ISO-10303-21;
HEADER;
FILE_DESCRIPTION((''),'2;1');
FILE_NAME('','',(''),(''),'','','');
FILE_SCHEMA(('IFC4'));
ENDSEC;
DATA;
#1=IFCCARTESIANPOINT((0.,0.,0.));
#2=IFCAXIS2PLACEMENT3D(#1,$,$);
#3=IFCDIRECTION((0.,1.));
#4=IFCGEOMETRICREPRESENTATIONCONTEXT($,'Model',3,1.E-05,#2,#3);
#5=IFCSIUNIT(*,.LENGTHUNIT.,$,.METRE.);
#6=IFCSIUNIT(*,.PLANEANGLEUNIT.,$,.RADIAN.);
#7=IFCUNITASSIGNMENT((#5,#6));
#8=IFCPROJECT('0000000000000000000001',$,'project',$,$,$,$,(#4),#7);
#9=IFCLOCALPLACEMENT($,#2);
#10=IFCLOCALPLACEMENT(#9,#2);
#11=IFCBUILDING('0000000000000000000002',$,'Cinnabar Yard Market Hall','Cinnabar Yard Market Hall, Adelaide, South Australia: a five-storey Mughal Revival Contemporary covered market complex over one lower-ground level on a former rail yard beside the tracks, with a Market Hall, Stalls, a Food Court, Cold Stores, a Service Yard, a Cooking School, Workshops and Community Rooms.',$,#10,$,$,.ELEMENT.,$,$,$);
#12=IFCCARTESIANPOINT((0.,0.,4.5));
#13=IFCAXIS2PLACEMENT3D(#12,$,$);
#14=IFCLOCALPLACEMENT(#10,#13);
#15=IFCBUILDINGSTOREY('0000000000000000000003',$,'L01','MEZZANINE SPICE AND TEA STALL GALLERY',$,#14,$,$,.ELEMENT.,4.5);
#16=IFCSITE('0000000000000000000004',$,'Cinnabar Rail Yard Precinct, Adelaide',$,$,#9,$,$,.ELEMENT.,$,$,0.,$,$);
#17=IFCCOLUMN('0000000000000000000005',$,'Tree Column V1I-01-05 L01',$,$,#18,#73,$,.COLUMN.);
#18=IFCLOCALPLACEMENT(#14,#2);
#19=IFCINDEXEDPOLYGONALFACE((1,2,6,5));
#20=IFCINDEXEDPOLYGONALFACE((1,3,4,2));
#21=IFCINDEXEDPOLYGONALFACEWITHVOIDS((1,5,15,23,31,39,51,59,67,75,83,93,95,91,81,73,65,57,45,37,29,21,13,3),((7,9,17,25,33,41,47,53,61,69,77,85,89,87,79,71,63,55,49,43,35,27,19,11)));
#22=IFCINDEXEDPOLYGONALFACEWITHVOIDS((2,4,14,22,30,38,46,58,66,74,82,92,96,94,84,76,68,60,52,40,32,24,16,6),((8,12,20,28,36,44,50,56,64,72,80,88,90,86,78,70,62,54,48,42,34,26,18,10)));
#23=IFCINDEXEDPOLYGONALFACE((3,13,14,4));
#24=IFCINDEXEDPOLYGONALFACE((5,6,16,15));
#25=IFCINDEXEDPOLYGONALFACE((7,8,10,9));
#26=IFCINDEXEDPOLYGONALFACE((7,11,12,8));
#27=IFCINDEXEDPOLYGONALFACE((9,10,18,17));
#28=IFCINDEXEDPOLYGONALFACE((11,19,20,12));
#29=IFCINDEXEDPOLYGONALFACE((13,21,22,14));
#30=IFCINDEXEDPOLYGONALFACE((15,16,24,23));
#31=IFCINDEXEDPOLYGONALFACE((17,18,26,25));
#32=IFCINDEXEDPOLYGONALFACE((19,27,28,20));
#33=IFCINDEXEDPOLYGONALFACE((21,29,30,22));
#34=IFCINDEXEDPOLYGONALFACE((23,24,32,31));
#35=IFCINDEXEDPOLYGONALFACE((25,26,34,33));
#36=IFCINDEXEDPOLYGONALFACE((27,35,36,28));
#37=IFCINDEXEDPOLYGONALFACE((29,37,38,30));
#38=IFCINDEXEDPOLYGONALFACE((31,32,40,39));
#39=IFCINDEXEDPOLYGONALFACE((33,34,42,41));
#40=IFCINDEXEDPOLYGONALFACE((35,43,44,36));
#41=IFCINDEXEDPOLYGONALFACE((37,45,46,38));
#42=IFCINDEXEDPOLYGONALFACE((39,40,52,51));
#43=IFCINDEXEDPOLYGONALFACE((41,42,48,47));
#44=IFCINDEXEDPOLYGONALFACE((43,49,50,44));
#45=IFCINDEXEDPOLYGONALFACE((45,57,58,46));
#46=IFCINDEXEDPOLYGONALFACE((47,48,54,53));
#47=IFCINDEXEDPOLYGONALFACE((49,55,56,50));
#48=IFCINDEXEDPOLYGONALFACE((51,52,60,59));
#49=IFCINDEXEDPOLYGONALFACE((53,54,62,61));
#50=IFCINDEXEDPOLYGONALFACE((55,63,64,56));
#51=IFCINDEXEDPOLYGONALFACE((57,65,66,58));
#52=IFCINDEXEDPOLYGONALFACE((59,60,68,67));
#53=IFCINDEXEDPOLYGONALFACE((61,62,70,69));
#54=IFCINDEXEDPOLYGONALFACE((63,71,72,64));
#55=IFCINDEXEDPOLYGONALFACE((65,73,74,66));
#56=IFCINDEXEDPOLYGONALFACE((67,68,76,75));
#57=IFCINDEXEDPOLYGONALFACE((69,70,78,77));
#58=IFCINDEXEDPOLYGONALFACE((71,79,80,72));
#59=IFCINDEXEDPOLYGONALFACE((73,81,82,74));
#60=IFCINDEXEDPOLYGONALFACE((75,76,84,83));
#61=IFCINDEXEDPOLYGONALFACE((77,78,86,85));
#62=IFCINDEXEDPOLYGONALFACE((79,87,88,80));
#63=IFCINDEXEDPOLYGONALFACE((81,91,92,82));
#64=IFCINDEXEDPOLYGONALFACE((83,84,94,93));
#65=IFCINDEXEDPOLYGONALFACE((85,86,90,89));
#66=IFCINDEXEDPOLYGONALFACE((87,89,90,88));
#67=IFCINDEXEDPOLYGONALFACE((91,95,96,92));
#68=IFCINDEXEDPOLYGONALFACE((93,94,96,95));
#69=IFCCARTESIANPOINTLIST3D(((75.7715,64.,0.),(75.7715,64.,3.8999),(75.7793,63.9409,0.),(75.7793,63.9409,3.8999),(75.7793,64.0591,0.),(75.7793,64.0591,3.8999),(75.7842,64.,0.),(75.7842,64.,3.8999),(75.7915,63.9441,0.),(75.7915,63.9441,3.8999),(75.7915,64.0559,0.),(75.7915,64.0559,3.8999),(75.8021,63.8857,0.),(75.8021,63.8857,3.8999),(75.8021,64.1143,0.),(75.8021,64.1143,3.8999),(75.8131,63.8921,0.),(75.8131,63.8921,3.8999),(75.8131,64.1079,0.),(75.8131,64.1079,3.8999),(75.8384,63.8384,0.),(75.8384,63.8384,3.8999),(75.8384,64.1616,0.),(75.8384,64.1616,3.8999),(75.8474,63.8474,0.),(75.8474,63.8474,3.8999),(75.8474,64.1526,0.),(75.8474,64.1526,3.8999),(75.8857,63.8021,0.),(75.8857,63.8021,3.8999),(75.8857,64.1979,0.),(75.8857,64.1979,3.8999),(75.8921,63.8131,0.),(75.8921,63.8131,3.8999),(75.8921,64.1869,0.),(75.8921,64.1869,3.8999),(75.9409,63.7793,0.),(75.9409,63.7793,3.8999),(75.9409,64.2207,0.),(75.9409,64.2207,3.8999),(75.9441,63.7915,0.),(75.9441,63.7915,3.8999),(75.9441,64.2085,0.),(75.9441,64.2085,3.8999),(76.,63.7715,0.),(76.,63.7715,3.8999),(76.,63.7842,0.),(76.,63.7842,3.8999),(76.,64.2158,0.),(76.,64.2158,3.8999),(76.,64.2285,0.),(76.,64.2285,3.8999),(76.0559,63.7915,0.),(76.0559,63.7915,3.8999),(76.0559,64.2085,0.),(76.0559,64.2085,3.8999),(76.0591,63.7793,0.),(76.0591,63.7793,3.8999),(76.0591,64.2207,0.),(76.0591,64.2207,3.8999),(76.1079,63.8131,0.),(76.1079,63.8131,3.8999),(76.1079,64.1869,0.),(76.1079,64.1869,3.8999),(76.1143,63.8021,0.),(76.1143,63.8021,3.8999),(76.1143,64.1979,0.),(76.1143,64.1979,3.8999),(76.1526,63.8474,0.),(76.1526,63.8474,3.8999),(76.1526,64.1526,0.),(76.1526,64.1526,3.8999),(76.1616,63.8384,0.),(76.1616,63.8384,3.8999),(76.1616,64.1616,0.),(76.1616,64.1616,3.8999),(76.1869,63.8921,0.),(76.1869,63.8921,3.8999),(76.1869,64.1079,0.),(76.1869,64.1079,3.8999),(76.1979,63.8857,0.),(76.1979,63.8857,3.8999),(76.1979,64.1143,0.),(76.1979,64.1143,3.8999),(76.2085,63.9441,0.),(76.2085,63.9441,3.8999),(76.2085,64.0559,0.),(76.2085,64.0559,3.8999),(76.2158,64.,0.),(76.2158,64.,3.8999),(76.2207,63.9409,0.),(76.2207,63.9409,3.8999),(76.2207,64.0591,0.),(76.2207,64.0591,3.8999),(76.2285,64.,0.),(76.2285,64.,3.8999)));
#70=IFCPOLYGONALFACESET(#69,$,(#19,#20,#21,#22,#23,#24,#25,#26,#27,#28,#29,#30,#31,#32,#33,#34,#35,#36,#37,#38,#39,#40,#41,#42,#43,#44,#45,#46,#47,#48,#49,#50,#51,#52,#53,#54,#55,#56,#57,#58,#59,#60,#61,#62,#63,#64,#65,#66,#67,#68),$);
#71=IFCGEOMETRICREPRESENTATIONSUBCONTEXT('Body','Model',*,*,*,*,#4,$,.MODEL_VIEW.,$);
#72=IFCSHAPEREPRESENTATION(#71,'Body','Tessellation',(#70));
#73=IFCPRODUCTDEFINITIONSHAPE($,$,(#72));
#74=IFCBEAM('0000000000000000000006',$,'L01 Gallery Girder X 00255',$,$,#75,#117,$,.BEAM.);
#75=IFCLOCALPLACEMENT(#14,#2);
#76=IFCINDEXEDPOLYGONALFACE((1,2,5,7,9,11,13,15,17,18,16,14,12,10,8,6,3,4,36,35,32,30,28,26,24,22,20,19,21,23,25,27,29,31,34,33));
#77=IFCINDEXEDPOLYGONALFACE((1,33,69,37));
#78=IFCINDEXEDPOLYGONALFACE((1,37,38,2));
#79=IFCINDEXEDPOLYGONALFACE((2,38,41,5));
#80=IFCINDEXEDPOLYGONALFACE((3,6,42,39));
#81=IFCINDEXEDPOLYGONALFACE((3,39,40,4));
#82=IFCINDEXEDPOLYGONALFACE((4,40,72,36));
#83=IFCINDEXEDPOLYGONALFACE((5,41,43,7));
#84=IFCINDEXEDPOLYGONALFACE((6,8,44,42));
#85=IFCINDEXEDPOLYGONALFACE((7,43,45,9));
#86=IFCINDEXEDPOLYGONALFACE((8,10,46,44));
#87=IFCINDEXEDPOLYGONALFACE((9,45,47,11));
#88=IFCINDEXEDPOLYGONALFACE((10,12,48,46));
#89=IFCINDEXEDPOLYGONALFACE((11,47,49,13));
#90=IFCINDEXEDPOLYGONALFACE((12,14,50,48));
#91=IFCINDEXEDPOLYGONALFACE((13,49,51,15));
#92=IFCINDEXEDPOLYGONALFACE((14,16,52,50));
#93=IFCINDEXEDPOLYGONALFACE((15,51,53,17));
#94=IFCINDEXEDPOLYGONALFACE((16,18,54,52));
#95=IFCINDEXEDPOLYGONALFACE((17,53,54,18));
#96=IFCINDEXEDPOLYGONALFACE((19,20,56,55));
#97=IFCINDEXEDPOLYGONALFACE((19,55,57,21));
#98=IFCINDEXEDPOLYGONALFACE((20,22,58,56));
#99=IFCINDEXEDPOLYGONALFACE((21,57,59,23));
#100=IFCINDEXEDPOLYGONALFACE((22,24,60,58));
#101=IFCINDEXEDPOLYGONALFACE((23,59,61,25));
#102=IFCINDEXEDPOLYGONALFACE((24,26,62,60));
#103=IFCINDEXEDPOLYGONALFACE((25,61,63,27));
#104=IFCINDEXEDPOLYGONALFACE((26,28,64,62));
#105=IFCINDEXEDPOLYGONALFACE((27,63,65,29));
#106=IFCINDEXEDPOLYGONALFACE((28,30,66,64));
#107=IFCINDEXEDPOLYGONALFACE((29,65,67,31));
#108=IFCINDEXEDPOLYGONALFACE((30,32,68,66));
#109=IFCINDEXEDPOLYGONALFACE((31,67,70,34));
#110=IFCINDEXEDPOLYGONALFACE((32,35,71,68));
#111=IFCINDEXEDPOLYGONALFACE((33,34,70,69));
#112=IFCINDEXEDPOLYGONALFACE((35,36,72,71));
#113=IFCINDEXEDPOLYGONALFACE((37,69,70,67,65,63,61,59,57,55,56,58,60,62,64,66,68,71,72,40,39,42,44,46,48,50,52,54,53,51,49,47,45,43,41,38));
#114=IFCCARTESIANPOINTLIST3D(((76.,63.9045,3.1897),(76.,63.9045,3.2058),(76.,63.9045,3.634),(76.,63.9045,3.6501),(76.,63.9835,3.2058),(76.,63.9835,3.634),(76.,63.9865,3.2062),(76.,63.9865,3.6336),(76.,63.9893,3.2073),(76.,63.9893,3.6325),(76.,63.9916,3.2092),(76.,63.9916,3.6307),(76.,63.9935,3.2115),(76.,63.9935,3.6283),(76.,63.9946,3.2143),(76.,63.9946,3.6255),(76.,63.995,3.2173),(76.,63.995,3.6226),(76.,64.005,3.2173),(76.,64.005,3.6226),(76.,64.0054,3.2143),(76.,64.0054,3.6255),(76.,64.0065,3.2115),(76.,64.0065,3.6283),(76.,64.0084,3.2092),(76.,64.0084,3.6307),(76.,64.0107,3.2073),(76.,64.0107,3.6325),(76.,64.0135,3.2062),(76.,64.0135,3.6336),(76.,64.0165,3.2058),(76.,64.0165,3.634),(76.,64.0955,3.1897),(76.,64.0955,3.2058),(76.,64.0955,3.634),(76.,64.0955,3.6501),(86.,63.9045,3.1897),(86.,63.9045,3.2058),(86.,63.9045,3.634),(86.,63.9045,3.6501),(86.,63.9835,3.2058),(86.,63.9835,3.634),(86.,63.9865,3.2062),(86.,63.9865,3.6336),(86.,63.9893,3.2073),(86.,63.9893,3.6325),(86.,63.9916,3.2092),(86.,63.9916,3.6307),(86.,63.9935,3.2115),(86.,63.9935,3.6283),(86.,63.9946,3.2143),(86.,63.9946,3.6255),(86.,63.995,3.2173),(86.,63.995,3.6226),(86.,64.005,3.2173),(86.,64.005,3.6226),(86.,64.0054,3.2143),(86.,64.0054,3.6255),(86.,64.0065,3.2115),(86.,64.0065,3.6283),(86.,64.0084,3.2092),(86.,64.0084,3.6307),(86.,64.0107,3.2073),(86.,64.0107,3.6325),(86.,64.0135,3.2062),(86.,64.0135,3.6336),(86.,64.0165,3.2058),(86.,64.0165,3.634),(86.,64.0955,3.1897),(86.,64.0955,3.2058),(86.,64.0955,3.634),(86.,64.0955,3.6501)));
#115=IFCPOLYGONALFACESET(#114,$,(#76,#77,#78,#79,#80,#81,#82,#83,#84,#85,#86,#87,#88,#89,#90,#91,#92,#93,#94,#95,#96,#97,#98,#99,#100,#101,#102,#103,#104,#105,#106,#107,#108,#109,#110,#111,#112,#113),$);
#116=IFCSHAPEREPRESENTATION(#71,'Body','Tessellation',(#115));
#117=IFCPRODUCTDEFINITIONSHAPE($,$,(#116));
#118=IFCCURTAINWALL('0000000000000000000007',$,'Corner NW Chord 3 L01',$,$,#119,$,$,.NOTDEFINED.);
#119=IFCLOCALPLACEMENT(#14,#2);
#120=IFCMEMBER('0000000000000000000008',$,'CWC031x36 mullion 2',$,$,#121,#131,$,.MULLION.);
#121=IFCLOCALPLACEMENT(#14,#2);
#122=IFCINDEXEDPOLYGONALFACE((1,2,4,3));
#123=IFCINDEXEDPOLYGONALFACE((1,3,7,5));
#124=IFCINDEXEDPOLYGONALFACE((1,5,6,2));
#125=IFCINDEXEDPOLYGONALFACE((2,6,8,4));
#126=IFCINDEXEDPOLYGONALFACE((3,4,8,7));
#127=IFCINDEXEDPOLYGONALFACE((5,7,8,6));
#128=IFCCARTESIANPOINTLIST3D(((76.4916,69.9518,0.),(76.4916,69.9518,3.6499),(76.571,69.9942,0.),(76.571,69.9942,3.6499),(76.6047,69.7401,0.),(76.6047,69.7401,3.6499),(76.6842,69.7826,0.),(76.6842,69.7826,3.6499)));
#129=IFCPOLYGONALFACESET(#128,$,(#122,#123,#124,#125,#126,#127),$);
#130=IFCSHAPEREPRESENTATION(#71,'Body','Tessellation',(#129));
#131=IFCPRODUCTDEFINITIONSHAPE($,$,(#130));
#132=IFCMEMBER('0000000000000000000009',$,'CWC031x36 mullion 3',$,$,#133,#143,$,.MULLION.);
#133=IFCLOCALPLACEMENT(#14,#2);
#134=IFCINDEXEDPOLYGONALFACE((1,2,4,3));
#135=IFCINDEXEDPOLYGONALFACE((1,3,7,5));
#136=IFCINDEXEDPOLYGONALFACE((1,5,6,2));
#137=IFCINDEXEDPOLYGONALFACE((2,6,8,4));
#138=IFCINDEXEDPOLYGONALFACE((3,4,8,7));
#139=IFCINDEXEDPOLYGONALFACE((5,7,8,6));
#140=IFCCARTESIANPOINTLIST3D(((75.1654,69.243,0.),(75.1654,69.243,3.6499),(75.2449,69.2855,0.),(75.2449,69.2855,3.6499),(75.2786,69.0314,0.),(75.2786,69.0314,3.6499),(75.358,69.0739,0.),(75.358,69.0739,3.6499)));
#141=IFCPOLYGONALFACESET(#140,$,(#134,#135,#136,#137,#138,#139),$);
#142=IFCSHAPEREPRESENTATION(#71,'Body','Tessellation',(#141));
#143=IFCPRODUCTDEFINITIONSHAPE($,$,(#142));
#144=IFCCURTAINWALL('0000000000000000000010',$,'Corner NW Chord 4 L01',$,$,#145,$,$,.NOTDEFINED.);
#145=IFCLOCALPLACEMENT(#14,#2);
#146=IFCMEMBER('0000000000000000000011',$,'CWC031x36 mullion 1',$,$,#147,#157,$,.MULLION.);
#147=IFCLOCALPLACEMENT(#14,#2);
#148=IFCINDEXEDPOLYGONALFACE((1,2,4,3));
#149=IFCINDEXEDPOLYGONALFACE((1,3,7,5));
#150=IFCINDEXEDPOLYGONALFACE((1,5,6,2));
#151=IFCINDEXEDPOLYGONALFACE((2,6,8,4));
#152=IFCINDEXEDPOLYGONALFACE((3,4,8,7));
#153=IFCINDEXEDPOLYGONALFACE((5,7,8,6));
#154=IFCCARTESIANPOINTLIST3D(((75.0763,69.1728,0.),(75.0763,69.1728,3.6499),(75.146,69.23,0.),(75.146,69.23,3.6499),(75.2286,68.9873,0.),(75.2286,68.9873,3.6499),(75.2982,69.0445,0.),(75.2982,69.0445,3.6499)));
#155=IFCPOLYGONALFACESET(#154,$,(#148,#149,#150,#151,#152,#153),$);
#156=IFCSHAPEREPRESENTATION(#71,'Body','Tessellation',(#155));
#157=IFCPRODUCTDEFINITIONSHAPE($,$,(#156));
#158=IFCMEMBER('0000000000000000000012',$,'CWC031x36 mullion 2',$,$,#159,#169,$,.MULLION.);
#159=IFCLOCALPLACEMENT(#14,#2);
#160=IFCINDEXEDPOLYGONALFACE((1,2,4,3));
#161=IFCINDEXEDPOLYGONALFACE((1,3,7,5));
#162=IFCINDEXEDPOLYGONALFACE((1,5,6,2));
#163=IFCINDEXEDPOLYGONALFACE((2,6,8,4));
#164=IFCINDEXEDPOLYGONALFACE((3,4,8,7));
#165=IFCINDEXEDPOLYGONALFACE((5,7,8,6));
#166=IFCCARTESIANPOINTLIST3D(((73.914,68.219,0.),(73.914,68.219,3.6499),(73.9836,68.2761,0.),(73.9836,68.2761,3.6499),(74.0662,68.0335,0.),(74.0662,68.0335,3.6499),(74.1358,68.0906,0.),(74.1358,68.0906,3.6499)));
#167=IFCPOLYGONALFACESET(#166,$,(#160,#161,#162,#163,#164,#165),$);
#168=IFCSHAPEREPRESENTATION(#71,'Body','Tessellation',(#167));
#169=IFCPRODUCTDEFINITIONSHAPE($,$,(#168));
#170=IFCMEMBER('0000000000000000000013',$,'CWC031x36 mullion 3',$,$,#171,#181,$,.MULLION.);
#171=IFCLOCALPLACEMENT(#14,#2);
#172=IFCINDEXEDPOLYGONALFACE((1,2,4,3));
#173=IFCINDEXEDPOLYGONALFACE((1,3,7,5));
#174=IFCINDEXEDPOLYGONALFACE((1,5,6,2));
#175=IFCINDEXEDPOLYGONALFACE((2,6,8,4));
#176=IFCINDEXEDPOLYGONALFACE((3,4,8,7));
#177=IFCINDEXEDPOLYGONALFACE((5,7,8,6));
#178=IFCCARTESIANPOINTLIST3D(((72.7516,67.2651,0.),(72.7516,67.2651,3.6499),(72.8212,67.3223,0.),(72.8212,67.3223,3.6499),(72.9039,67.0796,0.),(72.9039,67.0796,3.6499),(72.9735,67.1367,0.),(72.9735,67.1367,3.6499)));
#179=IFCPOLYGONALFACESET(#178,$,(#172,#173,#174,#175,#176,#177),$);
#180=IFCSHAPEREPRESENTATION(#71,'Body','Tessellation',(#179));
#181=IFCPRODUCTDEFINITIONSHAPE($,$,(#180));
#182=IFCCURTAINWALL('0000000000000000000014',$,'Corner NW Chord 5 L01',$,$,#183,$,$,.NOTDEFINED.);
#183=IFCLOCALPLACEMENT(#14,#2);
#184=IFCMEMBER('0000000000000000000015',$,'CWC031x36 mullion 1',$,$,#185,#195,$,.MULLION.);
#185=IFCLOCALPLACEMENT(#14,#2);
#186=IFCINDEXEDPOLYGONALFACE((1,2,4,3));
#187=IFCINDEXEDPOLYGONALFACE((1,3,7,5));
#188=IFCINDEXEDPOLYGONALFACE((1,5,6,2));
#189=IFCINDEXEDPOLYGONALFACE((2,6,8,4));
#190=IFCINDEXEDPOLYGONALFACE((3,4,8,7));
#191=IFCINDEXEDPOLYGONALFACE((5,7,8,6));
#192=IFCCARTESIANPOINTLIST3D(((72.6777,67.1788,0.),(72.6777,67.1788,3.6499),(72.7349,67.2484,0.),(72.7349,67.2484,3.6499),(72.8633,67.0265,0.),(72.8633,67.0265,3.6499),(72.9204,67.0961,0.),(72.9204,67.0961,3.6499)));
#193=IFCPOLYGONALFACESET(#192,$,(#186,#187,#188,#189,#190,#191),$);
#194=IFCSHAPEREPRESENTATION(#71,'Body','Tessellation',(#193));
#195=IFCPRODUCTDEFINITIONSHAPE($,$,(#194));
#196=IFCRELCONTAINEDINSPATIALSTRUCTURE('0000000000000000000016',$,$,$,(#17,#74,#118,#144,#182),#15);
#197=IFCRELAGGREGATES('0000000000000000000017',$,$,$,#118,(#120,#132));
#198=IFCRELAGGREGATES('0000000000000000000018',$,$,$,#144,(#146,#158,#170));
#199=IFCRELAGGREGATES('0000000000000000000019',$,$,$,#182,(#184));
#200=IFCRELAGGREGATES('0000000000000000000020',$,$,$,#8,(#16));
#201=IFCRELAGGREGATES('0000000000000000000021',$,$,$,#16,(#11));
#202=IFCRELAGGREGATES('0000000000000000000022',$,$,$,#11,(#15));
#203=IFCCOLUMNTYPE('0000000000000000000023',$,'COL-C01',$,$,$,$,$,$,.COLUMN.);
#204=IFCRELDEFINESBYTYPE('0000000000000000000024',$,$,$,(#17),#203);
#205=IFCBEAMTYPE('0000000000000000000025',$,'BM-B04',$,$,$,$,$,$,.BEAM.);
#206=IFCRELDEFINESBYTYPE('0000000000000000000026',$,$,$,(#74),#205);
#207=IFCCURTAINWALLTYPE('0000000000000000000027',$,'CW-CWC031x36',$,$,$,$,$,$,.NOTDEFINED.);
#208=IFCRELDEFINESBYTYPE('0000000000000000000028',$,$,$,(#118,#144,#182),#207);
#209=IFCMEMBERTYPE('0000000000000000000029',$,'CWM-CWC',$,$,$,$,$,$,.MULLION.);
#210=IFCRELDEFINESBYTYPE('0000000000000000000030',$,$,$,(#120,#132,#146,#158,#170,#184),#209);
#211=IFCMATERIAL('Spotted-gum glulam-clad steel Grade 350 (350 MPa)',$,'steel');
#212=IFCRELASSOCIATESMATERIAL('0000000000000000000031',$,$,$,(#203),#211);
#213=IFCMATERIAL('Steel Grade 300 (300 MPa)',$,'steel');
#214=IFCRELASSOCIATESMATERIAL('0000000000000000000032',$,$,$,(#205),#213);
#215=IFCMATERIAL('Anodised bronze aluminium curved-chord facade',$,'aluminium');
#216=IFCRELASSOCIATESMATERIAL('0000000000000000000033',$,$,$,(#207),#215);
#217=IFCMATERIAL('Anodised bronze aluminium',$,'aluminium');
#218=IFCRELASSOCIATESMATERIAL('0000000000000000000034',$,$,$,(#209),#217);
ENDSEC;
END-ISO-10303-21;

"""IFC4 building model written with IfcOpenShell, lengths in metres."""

from ifc_helpers import new_model, si_unit, direction, frame, origin, origin_2d_with_axis, place, context, subcontext, project, spatial, rectangle, hollow_circle, i_section, extrude, material, material_profile, profile_set, type_object, element, aggregate, save


model = new_model("IFC4")

# Units and contexts
model_context = context("Model", 3, precision=1e-05, world=origin(), true_north=direction((0.0, 1.0)))
body_context = subcontext(model_context, "Body", "Model", "MODEL_VIEW")
ifc_project = project(units=[si_unit("LENGTHUNIT", "METRE"), si_unit("PLANEANGLEUNIT", "RADIAN")], contexts=[model_context])

# Site, building, storey
site_placement = place(None, origin())
site = spatial("IfcSite", under=ifc_project, at=site_placement, Name="Cinnabar Rail Yard Precinct, Adelaide", CompositionType="ELEMENT", RefElevation=0.0)
building_placement = place(site_placement, origin())
building = spatial("IfcBuilding", under=site, at=building_placement, Name="Cinnabar Yard Market Hall", Description="Cinnabar Yard Market Hall, Adelaide, South Australia: a five-storey Mughal Revival Contemporary covered market complex over one lower-ground level on a former rail yard beside the tracks, with a Market Hall, Stalls, a Food Court, Cold Stores, a Service Yard, a Cooking School, Workshops and Community Rooms.", CompositionType="ELEMENT")
storey_placement = place(building_placement, frame((0.0, 0.0, 4.5)))
storey = spatial("IfcBuildingStorey", under=building, at=storey_placement, Name="L01", Description="MEZZANINE SPICE AND TEA STALL GALLERY", CompositionType="ELEMENT", Elevation=4.5)

# Column
ifc_material_1 = material(Name="Spotted-gum glulam-clad steel Grade 350 (350 MPa)", Category="steel")
ifc_material_profile_1 = material_profile(ifc_material_1, hollow_circle(Radius=0.2285, WallThickness=0.0127, at=origin_2d_with_axis()), Name="457.0x12.7CHS")
ifc_profile_set_1 = profile_set([ifc_material_profile_1], Name="Spotted-gum glulam-clad steel Grade 350 (350 MPa)")
column_type = type_object("IfcColumnType", Name="COL-C01", PredefinedType="COLUMN", material=ifc_profile_set_1)
column_placement = place(storey_placement, frame((76.0, 64.0, 0.0), z_axis=(0.0, 0.0, 1.0), x_axis=(1.0, 0.0, 0.0)))
element("IfcColumn", 1, at=column_placement, inside=storey, type_object=column_type, Name="Tree Column V1I-01-05 L01", PredefinedType="COLUMN", context=body_context, shape_type="SweptSolid", body=[
    extrude(hollow_circle(Radius=0.2285, WallThickness=0.0127, at=origin_2d_with_axis()), origin(), (0.0, 0.0, 1.0), 3.8999),
])

# Beam
ifc_material_2 = material(Name="Steel Grade 300 (300 MPa)", Category="steel")
ifc_material_profile_2 = material_profile(ifc_material_2, i_section(OverallWidth=0.1909, OverallDepth=0.4604, WebThickness=0.01, FlangeThickness=0.0161, FilletRadius=0.0115, at=origin_2d_with_axis()), Name="460UB82.1")
ifc_profile_set_2 = profile_set([ifc_material_profile_2], Name="Steel Grade 300 (300 MPa)")
beam_type = type_object("IfcBeamType", Name="BM-B04", PredefinedType="BEAM", material=ifc_profile_set_2)
beam_placement = place(storey_placement, frame((76.0, 64.0, 3.4199), z_axis=(1.0, 0.0, 0.0), x_axis=(0.0, 1.0, 0.0)))
element("IfcBeam", 2, at=beam_placement, inside=storey, type_object=beam_type, Name="L01 Gallery Girder X 00255", PredefinedType="BEAM", context=body_context, shape_type="SweptSolid", body=[
    extrude(i_section(OverallWidth=0.1909, OverallDepth=0.4604, WebThickness=0.01, FlangeThickness=0.0161, FilletRadius=0.0115, at=origin_2d_with_axis()), origin(), (0.0, 0.0, 1.0), 10.0),
])

# Curtain walls, members
ifc_material_3 = material(Name="Anodised bronze aluminium curved-chord facade", Category="aluminium")
curtain_wall_type = type_object("IfcCurtainWallType", Name="CW-CWC031x36", PredefinedType="NOTDEFINED", material=ifc_material_3)
curtain_wall_1_placement = place(storey_placement, origin())
curtain_wall_1 = element("IfcCurtainWall", 3, at=curtain_wall_1_placement, inside=storey, type_object=curtain_wall_type, Name="Corner NW Chord 3 L01", PredefinedType="NOTDEFINED")
ifc_material_4 = material(Name="Anodised bronze aluminium", Category="aluminium")
ifc_material_profile_3 = material_profile(ifc_material_4, rectangle(XDim=0.24, YDim=0.0901, at=origin_2d_with_axis()), Name="MUL-CWC")
ifc_profile_set_3 = profile_set([ifc_material_profile_3], Name="Anodised bronze aluminium")
member_type_1 = type_object("IfcMemberType", Name="CWM-CWC", PredefinedType="MULLION", material=ifc_profile_set_3)
member_1_placement = place(storey_placement, frame((76.5879, 69.8672, 0.0), z_axis=(0.0, 0.0, 1.0), x_axis=(0.471404, -0.881917, 0.0)))
member_1 = element("IfcMember", 4, at=member_1_placement, type_object=member_type_1, Name="CWC031x36 mullion 2", PredefinedType="MULLION", context=body_context, shape_type="SweptSolid", body=[
    extrude(rectangle(XDim=0.24, YDim=0.0901, at=origin_2d_with_axis()), origin(), (0.0, 0.0, 1.0), 3.6499),
])
member_2_placement = place(storey_placement, frame((75.2617, 69.1584, 0.0), z_axis=(0.0, 0.0, 1.0), x_axis=(0.471404, -0.881917, 0.0)))
member_2 = element("IfcMember", 5, at=member_2_placement, type_object=member_type_1, Name="CWC031x36 mullion 3", PredefinedType="MULLION", context=body_context, shape_type="SweptSolid", body=[
    extrude(rectangle(XDim=0.24, YDim=0.0901, at=origin_2d_with_axis()), origin(), (0.0, 0.0, 1.0), 3.6499),
])
curtain_wall_2_placement = place(storey_placement, origin())
curtain_wall_2 = element("IfcCurtainWall", 6, at=curtain_wall_2_placement, inside=storey, type_object=curtain_wall_type, Name="Corner NW Chord 4 L01", PredefinedType="NOTDEFINED")
member_3_placement = place(storey_placement, frame((75.1873, 69.1086, 0.0), z_axis=(0.0, 0.0, 1.0), x_axis=(0.634383, -0.773019, 0.0)))
member_3 = element("IfcMember", 7, at=member_3_placement, type_object=member_type_1, Name="CWC031x36 mullion 1", PredefinedType="MULLION", context=body_context, shape_type="SweptSolid", body=[
    extrude(rectangle(XDim=0.24, YDim=0.0901, at=origin_2d_with_axis()), origin(), (0.0, 0.0, 1.0), 3.6499),
])
member_4_placement = place(storey_placement, frame((74.0249, 68.1548, 0.0), z_axis=(0.0, 0.0, 1.0), x_axis=(0.634383, -0.773019, 0.0)))
member_4 = element("IfcMember", 8, at=member_4_placement, type_object=member_type_1, Name="CWC031x36 mullion 2", PredefinedType="MULLION", context=body_context, shape_type="SweptSolid", body=[
    extrude(rectangle(XDim=0.24, YDim=0.0901, at=origin_2d_with_axis()), origin(), (0.0, 0.0, 1.0), 3.6499),
])
member_5_placement = place(storey_placement, frame((72.8625, 67.2009, 0.0), z_axis=(0.0, 0.0, 1.0), x_axis=(0.634383, -0.773019, 0.0)))
member_5 = element("IfcMember", 9, at=member_5_placement, type_object=member_type_1, Name="CWC031x36 mullion 3", PredefinedType="MULLION", context=body_context, shape_type="SweptSolid", body=[
    extrude(rectangle(XDim=0.24, YDim=0.0901, at=origin_2d_with_axis()), origin(), (0.0, 0.0, 1.0), 3.6499),
])
curtain_wall_3_placement = place(storey_placement, origin())
curtain_wall_3 = element("IfcCurtainWall", 10, at=curtain_wall_3_placement, inside=storey, type_object=curtain_wall_type, Name="Corner NW Chord 5 L01", PredefinedType="NOTDEFINED")
member_6_placement = place(storey_placement, frame((72.7991, 67.1375, 0.0), z_axis=(0.0, 0.0, 1.0), x_axis=(0.773019, -0.634383, 0.0)))
member_6 = element("IfcMember", 11, at=member_6_placement, type_object=member_type_1, Name="CWC031x36 mullion 1", PredefinedType="MULLION", context=body_context, shape_type="SweptSolid", body=[
    extrude(rectangle(XDim=0.24, YDim=0.0901, at=origin_2d_with_axis()), origin(), (0.0, 0.0, 1.0), 3.6499),
])

aggregate(curtain_wall_1, [member_1, member_2])
aggregate(curtain_wall_2, [member_3, member_4, member_5])
aggregate(curtain_wall_3, [member_6])

save(model, "model.ifc")
